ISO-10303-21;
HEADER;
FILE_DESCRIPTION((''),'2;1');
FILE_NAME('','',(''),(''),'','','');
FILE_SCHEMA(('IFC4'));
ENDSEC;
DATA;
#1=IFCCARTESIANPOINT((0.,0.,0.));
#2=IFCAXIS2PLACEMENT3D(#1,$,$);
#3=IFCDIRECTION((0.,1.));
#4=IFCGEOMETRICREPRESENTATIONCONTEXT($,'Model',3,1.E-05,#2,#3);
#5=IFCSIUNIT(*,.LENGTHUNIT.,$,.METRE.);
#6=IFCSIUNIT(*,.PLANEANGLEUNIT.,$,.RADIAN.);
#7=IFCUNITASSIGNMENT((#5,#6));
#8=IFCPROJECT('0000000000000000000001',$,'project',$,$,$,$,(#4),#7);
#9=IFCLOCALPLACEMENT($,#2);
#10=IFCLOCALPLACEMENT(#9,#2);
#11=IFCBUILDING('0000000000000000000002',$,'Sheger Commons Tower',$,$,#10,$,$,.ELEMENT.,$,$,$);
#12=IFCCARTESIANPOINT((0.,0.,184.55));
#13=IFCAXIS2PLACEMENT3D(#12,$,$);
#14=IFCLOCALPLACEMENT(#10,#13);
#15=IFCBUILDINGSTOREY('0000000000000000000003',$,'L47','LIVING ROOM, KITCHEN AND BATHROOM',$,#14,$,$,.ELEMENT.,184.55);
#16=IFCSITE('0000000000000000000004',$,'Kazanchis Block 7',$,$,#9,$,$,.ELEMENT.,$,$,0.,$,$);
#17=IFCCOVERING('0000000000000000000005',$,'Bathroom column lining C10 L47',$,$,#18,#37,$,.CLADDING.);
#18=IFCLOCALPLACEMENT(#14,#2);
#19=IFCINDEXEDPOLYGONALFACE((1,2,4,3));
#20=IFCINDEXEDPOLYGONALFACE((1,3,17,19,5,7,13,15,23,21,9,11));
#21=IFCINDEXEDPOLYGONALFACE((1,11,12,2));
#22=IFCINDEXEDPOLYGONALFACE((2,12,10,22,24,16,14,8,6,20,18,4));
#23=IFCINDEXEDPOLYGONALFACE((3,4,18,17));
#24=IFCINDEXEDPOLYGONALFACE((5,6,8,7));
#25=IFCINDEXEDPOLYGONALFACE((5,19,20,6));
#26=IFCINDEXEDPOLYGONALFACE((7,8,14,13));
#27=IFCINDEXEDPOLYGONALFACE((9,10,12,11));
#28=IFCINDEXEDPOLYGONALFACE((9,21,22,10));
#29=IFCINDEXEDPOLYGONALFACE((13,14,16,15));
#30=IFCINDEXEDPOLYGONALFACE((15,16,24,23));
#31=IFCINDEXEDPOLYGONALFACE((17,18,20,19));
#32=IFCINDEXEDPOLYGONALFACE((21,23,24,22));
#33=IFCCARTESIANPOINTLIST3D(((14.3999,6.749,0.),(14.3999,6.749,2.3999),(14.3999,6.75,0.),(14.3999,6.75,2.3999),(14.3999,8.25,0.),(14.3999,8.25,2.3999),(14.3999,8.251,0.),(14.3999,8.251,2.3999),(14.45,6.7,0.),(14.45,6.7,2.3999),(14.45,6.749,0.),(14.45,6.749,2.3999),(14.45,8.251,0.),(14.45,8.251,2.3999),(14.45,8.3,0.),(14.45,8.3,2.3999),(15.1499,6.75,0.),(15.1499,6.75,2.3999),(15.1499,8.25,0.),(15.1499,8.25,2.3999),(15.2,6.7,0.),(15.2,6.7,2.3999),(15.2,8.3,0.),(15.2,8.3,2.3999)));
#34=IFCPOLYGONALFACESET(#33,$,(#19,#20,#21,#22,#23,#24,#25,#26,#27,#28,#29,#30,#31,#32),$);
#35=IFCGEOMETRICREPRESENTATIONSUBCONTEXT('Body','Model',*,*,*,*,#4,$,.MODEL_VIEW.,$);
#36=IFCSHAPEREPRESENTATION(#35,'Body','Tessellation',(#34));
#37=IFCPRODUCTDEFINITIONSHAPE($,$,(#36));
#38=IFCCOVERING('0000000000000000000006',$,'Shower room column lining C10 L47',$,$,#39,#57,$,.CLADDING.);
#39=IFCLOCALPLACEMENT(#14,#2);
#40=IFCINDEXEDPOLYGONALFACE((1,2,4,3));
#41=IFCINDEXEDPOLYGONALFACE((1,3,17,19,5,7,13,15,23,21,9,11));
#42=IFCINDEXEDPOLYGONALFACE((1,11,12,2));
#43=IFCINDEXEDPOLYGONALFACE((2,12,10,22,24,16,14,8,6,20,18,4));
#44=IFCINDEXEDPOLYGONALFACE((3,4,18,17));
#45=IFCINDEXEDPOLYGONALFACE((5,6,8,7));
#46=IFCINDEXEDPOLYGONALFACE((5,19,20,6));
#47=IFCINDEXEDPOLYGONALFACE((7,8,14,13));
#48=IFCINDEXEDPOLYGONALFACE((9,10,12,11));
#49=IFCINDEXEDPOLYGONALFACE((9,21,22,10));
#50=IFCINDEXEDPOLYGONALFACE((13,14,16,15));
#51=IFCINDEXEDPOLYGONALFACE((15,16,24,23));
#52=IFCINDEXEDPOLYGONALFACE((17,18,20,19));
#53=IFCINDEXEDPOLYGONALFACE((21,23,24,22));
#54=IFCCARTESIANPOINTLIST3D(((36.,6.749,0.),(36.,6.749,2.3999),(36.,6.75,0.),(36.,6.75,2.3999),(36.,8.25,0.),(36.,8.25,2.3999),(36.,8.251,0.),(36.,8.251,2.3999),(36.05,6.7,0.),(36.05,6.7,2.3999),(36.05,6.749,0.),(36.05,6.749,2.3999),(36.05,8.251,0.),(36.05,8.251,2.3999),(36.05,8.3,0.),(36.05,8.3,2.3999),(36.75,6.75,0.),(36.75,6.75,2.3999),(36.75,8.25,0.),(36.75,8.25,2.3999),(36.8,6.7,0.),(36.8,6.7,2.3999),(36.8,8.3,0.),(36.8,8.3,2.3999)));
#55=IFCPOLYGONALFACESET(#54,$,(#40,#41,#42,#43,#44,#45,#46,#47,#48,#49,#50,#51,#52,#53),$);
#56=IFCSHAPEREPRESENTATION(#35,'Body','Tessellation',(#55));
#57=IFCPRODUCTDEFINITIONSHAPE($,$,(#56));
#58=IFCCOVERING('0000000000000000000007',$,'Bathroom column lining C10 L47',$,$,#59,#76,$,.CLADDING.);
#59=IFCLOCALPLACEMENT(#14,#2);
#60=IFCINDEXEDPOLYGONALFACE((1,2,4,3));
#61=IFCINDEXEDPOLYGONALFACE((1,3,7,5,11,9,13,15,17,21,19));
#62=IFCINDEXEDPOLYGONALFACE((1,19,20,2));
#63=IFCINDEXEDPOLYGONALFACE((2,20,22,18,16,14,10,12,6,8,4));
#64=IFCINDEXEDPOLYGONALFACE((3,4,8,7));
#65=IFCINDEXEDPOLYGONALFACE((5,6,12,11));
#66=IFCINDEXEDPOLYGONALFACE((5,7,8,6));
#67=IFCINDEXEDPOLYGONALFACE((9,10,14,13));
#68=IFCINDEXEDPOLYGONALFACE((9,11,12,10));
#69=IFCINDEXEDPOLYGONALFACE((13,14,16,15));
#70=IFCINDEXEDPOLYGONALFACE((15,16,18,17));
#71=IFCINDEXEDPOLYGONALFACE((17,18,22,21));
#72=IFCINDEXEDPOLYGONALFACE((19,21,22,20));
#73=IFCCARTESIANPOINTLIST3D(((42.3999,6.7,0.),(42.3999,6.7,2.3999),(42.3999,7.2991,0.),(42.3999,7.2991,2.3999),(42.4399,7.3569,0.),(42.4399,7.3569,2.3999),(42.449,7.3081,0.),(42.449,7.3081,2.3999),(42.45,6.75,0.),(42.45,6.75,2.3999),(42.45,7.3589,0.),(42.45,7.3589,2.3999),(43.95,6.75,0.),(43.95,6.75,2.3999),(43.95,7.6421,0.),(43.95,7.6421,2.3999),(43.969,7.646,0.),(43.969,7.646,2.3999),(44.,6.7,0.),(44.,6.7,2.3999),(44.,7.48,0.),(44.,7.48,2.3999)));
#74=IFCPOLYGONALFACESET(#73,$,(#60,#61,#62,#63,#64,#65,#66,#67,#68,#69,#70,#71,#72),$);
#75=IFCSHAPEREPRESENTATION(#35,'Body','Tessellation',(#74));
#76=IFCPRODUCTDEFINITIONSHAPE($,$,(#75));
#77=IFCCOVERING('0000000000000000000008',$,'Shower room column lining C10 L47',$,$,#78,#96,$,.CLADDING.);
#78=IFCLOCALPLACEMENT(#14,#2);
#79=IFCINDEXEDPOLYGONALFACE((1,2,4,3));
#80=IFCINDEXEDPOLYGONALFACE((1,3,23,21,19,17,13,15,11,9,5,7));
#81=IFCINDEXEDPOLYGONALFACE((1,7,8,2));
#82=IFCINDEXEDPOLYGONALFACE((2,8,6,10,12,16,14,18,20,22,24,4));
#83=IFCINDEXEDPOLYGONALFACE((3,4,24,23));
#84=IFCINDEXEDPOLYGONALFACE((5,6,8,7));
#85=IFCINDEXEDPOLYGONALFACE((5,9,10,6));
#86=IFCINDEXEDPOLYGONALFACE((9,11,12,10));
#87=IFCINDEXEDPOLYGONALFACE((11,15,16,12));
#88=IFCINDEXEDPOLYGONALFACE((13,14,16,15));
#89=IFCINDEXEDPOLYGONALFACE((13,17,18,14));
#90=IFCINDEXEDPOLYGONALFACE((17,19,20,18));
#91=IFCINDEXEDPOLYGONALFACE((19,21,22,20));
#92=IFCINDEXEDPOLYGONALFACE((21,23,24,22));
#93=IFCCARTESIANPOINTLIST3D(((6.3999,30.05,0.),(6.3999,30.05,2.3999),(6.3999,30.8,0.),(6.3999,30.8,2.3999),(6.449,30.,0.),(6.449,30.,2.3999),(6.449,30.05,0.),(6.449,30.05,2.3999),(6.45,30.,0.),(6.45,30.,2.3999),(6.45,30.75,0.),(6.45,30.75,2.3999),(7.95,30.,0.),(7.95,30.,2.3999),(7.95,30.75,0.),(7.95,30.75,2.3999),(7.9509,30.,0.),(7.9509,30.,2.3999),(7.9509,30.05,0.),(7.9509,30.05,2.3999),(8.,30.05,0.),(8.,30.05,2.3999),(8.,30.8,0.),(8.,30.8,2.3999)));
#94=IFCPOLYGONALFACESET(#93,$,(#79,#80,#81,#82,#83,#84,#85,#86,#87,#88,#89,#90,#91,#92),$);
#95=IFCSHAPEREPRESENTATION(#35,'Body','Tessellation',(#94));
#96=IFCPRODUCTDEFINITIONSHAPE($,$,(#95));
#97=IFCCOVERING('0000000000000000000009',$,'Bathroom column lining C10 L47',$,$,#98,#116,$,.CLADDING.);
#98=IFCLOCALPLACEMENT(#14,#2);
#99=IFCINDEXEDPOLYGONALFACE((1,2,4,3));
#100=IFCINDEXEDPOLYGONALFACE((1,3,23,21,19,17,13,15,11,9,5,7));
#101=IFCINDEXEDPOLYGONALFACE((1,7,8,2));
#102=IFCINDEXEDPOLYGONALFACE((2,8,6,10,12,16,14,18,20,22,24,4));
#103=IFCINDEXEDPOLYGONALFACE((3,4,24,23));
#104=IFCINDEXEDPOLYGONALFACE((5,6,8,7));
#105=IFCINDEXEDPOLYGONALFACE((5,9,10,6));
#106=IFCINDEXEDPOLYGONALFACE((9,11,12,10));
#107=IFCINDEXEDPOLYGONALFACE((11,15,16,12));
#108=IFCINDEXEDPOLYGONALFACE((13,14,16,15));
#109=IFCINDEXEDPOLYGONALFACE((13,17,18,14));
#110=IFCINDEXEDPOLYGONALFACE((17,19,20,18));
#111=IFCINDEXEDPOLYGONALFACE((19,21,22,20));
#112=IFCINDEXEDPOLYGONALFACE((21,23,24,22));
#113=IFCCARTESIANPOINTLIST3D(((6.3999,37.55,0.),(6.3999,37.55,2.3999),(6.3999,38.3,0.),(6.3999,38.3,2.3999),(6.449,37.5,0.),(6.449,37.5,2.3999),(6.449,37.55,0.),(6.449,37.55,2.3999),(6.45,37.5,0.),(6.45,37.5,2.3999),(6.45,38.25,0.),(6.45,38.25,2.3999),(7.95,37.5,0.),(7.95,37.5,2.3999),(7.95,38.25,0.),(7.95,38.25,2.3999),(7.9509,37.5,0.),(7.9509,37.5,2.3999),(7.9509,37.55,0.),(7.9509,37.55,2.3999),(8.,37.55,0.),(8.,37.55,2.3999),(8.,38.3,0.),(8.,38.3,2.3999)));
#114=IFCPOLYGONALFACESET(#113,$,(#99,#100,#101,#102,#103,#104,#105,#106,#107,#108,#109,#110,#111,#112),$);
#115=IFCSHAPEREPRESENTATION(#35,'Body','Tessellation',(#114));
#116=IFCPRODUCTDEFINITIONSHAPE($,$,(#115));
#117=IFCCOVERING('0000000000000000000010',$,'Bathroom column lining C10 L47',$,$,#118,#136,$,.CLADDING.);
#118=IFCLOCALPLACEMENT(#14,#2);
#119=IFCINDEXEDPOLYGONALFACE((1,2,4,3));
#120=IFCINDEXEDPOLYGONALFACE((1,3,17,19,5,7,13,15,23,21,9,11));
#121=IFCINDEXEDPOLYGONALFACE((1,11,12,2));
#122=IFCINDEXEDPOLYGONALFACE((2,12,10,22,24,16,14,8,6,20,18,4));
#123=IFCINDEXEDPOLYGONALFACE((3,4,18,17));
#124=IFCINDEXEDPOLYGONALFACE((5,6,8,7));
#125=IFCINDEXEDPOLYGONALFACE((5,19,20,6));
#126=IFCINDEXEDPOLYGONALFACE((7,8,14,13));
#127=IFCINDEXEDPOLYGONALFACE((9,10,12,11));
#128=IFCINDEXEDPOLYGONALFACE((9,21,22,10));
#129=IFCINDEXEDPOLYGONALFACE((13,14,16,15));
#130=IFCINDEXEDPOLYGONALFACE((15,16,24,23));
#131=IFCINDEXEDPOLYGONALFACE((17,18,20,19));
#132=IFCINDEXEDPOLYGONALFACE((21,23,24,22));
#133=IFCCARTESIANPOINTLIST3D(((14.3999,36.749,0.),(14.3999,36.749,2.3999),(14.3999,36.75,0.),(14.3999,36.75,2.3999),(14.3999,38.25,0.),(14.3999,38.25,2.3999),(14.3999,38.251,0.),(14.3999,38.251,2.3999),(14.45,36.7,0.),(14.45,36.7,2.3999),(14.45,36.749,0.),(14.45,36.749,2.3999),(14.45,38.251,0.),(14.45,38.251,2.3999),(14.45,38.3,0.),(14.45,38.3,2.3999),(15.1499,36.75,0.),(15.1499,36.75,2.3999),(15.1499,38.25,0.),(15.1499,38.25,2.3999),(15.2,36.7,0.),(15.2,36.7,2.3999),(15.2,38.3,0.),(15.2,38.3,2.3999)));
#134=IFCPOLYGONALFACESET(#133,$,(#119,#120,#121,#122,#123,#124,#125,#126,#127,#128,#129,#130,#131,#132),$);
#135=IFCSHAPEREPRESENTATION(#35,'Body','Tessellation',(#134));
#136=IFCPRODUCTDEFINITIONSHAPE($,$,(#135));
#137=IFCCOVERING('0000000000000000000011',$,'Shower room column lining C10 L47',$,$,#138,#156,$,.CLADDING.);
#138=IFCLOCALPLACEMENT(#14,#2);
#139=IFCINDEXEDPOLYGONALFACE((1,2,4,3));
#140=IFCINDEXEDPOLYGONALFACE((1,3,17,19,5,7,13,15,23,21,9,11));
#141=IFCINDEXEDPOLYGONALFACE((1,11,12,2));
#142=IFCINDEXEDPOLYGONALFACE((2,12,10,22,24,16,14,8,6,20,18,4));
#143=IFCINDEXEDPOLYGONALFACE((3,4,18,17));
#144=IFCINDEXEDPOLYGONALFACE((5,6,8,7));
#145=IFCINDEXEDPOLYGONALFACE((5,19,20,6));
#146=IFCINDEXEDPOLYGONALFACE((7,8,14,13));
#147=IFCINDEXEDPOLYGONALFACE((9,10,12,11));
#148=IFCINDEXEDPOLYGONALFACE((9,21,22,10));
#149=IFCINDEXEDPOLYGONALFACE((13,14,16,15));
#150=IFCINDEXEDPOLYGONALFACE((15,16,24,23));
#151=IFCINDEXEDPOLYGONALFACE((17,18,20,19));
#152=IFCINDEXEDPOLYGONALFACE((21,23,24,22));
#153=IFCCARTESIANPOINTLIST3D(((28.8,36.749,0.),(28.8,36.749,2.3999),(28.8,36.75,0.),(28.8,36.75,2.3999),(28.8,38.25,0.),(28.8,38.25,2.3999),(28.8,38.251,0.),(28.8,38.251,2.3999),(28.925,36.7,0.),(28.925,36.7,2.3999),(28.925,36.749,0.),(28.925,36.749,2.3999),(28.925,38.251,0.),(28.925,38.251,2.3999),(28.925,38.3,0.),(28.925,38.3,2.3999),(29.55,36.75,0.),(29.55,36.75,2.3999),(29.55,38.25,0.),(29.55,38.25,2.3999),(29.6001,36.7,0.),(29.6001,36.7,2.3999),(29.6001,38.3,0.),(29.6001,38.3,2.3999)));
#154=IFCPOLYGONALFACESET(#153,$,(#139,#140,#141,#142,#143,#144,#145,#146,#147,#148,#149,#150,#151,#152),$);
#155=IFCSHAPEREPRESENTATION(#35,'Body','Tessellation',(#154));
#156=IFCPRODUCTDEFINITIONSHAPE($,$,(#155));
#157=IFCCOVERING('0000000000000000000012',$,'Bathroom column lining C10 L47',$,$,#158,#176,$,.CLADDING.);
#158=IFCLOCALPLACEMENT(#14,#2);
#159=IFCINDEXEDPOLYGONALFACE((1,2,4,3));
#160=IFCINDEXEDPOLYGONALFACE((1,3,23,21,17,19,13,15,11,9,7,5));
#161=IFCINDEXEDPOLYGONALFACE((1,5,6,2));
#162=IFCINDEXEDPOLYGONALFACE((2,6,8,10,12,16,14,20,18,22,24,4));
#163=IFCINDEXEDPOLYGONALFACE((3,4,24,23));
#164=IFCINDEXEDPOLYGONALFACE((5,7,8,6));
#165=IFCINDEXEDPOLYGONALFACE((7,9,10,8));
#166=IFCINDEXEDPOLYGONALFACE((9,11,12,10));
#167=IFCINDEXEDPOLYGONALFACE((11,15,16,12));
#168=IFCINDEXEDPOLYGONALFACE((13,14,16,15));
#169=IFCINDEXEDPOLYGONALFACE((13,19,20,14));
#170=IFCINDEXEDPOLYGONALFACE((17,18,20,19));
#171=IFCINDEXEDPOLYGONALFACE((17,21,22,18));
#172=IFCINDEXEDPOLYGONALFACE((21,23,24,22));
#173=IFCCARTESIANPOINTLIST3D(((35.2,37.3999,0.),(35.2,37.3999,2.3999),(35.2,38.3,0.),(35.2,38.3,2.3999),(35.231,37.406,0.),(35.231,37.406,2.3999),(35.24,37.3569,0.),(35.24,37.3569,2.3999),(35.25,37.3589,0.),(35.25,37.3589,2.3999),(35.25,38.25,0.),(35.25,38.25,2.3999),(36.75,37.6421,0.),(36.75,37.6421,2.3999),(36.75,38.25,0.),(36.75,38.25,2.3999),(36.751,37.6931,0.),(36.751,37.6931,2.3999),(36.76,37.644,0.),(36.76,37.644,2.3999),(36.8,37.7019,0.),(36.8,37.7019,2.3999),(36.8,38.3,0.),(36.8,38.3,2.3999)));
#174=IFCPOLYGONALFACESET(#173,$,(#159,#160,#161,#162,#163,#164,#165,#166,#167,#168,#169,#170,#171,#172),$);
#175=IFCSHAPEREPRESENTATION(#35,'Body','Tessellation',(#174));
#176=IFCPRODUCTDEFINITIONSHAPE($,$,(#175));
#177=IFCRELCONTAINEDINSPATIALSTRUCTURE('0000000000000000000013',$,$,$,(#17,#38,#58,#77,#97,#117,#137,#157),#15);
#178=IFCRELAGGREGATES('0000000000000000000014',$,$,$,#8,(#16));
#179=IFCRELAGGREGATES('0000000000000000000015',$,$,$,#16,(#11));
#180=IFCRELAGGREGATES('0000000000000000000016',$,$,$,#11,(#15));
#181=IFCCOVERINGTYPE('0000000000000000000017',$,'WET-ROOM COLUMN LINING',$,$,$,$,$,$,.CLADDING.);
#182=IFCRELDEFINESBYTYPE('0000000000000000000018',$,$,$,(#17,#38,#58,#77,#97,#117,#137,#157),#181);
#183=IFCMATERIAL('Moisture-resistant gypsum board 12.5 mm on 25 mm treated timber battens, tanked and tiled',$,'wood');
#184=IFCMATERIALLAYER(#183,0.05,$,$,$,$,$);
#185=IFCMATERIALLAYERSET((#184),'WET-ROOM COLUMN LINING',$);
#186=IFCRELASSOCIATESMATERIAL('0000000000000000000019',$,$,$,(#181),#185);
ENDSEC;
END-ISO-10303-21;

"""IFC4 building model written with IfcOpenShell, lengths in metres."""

from ifc_helpers import new_model, si_unit, direction, frame, origin, place, context, subcontext, project, spatial, polyline, outline, extrude, material, layer, layer_set, type_object, element, save


model = new_model("IFC4")

# Units and contexts
model_context = context("Model", 3, precision=1e-05, world=origin(), true_north=direction((0.0, 1.0)))
body_context = subcontext(model_context, "Body", "Model", "MODEL_VIEW")
ifc_project = project(units=[si_unit("LENGTHUNIT", "METRE"), si_unit("PLANEANGLEUNIT", "RADIAN")], contexts=[model_context])

# Site, building, storey
site_placement = place(None, origin())
site = spatial("IfcSite", under=ifc_project, at=site_placement, Name="Kazanchis Block 7", CompositionType="ELEMENT", RefElevation=0.0)
building_placement = place(site_placement, origin())
building = spatial("IfcBuilding", under=site, at=building_placement, Name="Sheger Commons Tower", CompositionType="ELEMENT")
storey_placement = place(building_placement, frame((0.0, 0.0, 184.55)))
storey = spatial("IfcBuildingStorey", under=building, at=storey_placement, Name="L47", Description="LIVING ROOM, KITCHEN AND BATHROOM", CompositionType="ELEMENT", Elevation=184.55)

# Coverings
ifc_material_1 = material(Name="Moisture-resistant gypsum board 12.5 mm on 25 mm treated timber battens, tanked and tiled", Category="wood")
ifc_layer_1 = layer(ifc_material_1, 0.05)
ifc_layer_set_1 = layer_set([ifc_layer_1], Name="WET-ROOM COLUMN LINING")
covering_type_1 = type_object("IfcCoveringType", Name="WET-ROOM COLUMN LINING", PredefinedType="CLADDING", material=ifc_layer_set_1)
covering_1_placement = place(storey_placement, origin())
element("IfcCovering", 1, at=covering_1_placement, inside=storey, type_object=covering_type_1, Name="Bathroom column lining C10 L47", PredefinedType="CLADDING", context=body_context, shape_type="SweptSolid", body=[
    extrude(outline(polyline([(15.2, 6.7), (14.45, 6.7), (14.45, 6.749), (14.3999, 6.749), (14.3999, 6.75), (15.1499, 6.75), (15.1499, 8.25), (14.3999, 8.25), (14.3999, 8.251), (14.45, 8.251), (14.45, 8.3), (15.2, 8.3), (15.2, 6.7)])), origin(), (0.0, 0.0, 1.0), 2.3999),
])
covering_2_placement = place(storey_placement, origin())
element("IfcCovering", 2, at=covering_2_placement, inside=storey, type_object=covering_type_1, Name="Shower room column lining C10 L47", PredefinedType="CLADDING", context=body_context, shape_type="SweptSolid", body=[
    extrude(outline(polyline([(36.8, 6.7), (36.05, 6.7), (36.05, 6.749), (36.0, 6.749), (36.0, 6.75), (36.75, 6.75), (36.75, 8.25), (36.0, 8.25), (36.0, 8.251), (36.05, 8.251), (36.05, 8.3), (36.8, 8.3), (36.8, 6.7)])), origin(), (0.0, 0.0, 1.0), 2.3999),
])
covering_3_placement = place(storey_placement, origin())
element("IfcCovering", 3, at=covering_3_placement, inside=storey, type_object=covering_type_1, Name="Bathroom column lining C10 L47", PredefinedType="CLADDING", context=body_context, shape_type="SweptSolid", body=[
    extrude(outline(polyline([(42.45, 7.3589), (42.45, 6.75), (43.95, 6.75), (43.95, 7.6421), (43.969, 7.646), (44.0, 7.48), (44.0, 6.7), (42.3999, 6.7), (42.3999, 7.2991), (42.449, 7.3081), (42.4399, 7.3569), (42.45, 7.3589)])), origin(), (0.0, 0.0, 1.0), 2.3999),
])
covering_4_placement = place(storey_placement, origin())
element("IfcCovering", 4, at=covering_4_placement, inside=storey, type_object=covering_type_1, Name="Shower room column lining C10 L47", PredefinedType="CLADDING", context=body_context, shape_type="SweptSolid", body=[
    extrude(outline(polyline([(8.0, 30.8), (8.0, 30.05), (7.9509, 30.05), (7.9509, 30.0), (7.95, 30.0), (7.95, 30.75), (6.45, 30.75), (6.45, 30.0), (6.449, 30.0), (6.449, 30.05), (6.3999, 30.05), (6.3999, 30.8), (8.0, 30.8)])), origin(), (0.0, 0.0, 1.0), 2.3999),
])
covering_5_placement = place(storey_placement, origin())
element("IfcCovering", 5, at=covering_5_placement, inside=storey, type_object=covering_type_1, Name="Bathroom column lining C10 L47", PredefinedType="CLADDING", context=body_context, shape_type="SweptSolid", body=[
    extrude(outline(polyline([(8.0, 38.3), (8.0, 37.55), (7.9509, 37.55), (7.9509, 37.5), (7.95, 37.5), (7.95, 38.25), (6.45, 38.25), (6.45, 37.5), (6.449, 37.5), (6.449, 37.55), (6.3999, 37.55), (6.3999, 38.3), (8.0, 38.3)])), origin(), (0.0, 0.0, 1.0), 2.3999),
])
covering_6_placement = place(storey_placement, origin())
element("IfcCovering", 6, at=covering_6_placement, inside=storey, type_object=covering_type_1, Name="Bathroom column lining C10 L47", PredefinedType="CLADDING", context=body_context, shape_type="SweptSolid", body=[
    extrude(outline(polyline([(15.2, 36.7), (14.45, 36.7), (14.45, 36.749), (14.3999, 36.749), (14.3999, 36.75), (15.1499, 36.75), (15.1499, 38.25), (14.3999, 38.25), (14.3999, 38.251), (14.45, 38.251), (14.45, 38.3), (15.2, 38.3), (15.2, 36.7)])), origin(), (0.0, 0.0, 1.0), 2.3999),
])
covering_7_placement = place(storey_placement, origin())
element("IfcCovering", 7, at=covering_7_placement, inside=storey, type_object=covering_type_1, Name="Shower room column lining C10 L47", PredefinedType="CLADDING", context=body_context, shape_type="SweptSolid", body=[
    extrude(outline(polyline([(29.6001, 36.7), (28.925, 36.7), (28.925, 36.749), (28.8, 36.749), (28.8, 36.75), (29.55, 36.75), (29.55, 38.25), (28.8, 38.25), (28.8, 38.251), (28.925, 38.251), (28.925, 38.3), (29.6001, 38.3), (29.6001, 36.7)])), origin(), (0.0, 0.0, 1.0), 2.3999),
])
covering_8_placement = place(storey_placement, origin())
element("IfcCovering", 8, at=covering_8_placement, inside=storey, type_object=covering_type_1, Name="Bathroom column lining C10 L47", PredefinedType="CLADDING", context=body_context, shape_type="SweptSolid", body=[
    extrude(outline(polyline([(36.8, 38.3), (36.8, 37.7019), (36.751, 37.6931), (36.76, 37.644), (36.75, 37.6421), (36.75, 38.25), (35.25, 38.25), (35.25, 37.3589), (35.24, 37.3569), (35.231, 37.406), (35.2, 37.3999), (35.2, 38.3), (36.8, 38.3)])), origin(), (0.0, 0.0, 1.0), 2.3999),
])

save(model, "model.ifc")
